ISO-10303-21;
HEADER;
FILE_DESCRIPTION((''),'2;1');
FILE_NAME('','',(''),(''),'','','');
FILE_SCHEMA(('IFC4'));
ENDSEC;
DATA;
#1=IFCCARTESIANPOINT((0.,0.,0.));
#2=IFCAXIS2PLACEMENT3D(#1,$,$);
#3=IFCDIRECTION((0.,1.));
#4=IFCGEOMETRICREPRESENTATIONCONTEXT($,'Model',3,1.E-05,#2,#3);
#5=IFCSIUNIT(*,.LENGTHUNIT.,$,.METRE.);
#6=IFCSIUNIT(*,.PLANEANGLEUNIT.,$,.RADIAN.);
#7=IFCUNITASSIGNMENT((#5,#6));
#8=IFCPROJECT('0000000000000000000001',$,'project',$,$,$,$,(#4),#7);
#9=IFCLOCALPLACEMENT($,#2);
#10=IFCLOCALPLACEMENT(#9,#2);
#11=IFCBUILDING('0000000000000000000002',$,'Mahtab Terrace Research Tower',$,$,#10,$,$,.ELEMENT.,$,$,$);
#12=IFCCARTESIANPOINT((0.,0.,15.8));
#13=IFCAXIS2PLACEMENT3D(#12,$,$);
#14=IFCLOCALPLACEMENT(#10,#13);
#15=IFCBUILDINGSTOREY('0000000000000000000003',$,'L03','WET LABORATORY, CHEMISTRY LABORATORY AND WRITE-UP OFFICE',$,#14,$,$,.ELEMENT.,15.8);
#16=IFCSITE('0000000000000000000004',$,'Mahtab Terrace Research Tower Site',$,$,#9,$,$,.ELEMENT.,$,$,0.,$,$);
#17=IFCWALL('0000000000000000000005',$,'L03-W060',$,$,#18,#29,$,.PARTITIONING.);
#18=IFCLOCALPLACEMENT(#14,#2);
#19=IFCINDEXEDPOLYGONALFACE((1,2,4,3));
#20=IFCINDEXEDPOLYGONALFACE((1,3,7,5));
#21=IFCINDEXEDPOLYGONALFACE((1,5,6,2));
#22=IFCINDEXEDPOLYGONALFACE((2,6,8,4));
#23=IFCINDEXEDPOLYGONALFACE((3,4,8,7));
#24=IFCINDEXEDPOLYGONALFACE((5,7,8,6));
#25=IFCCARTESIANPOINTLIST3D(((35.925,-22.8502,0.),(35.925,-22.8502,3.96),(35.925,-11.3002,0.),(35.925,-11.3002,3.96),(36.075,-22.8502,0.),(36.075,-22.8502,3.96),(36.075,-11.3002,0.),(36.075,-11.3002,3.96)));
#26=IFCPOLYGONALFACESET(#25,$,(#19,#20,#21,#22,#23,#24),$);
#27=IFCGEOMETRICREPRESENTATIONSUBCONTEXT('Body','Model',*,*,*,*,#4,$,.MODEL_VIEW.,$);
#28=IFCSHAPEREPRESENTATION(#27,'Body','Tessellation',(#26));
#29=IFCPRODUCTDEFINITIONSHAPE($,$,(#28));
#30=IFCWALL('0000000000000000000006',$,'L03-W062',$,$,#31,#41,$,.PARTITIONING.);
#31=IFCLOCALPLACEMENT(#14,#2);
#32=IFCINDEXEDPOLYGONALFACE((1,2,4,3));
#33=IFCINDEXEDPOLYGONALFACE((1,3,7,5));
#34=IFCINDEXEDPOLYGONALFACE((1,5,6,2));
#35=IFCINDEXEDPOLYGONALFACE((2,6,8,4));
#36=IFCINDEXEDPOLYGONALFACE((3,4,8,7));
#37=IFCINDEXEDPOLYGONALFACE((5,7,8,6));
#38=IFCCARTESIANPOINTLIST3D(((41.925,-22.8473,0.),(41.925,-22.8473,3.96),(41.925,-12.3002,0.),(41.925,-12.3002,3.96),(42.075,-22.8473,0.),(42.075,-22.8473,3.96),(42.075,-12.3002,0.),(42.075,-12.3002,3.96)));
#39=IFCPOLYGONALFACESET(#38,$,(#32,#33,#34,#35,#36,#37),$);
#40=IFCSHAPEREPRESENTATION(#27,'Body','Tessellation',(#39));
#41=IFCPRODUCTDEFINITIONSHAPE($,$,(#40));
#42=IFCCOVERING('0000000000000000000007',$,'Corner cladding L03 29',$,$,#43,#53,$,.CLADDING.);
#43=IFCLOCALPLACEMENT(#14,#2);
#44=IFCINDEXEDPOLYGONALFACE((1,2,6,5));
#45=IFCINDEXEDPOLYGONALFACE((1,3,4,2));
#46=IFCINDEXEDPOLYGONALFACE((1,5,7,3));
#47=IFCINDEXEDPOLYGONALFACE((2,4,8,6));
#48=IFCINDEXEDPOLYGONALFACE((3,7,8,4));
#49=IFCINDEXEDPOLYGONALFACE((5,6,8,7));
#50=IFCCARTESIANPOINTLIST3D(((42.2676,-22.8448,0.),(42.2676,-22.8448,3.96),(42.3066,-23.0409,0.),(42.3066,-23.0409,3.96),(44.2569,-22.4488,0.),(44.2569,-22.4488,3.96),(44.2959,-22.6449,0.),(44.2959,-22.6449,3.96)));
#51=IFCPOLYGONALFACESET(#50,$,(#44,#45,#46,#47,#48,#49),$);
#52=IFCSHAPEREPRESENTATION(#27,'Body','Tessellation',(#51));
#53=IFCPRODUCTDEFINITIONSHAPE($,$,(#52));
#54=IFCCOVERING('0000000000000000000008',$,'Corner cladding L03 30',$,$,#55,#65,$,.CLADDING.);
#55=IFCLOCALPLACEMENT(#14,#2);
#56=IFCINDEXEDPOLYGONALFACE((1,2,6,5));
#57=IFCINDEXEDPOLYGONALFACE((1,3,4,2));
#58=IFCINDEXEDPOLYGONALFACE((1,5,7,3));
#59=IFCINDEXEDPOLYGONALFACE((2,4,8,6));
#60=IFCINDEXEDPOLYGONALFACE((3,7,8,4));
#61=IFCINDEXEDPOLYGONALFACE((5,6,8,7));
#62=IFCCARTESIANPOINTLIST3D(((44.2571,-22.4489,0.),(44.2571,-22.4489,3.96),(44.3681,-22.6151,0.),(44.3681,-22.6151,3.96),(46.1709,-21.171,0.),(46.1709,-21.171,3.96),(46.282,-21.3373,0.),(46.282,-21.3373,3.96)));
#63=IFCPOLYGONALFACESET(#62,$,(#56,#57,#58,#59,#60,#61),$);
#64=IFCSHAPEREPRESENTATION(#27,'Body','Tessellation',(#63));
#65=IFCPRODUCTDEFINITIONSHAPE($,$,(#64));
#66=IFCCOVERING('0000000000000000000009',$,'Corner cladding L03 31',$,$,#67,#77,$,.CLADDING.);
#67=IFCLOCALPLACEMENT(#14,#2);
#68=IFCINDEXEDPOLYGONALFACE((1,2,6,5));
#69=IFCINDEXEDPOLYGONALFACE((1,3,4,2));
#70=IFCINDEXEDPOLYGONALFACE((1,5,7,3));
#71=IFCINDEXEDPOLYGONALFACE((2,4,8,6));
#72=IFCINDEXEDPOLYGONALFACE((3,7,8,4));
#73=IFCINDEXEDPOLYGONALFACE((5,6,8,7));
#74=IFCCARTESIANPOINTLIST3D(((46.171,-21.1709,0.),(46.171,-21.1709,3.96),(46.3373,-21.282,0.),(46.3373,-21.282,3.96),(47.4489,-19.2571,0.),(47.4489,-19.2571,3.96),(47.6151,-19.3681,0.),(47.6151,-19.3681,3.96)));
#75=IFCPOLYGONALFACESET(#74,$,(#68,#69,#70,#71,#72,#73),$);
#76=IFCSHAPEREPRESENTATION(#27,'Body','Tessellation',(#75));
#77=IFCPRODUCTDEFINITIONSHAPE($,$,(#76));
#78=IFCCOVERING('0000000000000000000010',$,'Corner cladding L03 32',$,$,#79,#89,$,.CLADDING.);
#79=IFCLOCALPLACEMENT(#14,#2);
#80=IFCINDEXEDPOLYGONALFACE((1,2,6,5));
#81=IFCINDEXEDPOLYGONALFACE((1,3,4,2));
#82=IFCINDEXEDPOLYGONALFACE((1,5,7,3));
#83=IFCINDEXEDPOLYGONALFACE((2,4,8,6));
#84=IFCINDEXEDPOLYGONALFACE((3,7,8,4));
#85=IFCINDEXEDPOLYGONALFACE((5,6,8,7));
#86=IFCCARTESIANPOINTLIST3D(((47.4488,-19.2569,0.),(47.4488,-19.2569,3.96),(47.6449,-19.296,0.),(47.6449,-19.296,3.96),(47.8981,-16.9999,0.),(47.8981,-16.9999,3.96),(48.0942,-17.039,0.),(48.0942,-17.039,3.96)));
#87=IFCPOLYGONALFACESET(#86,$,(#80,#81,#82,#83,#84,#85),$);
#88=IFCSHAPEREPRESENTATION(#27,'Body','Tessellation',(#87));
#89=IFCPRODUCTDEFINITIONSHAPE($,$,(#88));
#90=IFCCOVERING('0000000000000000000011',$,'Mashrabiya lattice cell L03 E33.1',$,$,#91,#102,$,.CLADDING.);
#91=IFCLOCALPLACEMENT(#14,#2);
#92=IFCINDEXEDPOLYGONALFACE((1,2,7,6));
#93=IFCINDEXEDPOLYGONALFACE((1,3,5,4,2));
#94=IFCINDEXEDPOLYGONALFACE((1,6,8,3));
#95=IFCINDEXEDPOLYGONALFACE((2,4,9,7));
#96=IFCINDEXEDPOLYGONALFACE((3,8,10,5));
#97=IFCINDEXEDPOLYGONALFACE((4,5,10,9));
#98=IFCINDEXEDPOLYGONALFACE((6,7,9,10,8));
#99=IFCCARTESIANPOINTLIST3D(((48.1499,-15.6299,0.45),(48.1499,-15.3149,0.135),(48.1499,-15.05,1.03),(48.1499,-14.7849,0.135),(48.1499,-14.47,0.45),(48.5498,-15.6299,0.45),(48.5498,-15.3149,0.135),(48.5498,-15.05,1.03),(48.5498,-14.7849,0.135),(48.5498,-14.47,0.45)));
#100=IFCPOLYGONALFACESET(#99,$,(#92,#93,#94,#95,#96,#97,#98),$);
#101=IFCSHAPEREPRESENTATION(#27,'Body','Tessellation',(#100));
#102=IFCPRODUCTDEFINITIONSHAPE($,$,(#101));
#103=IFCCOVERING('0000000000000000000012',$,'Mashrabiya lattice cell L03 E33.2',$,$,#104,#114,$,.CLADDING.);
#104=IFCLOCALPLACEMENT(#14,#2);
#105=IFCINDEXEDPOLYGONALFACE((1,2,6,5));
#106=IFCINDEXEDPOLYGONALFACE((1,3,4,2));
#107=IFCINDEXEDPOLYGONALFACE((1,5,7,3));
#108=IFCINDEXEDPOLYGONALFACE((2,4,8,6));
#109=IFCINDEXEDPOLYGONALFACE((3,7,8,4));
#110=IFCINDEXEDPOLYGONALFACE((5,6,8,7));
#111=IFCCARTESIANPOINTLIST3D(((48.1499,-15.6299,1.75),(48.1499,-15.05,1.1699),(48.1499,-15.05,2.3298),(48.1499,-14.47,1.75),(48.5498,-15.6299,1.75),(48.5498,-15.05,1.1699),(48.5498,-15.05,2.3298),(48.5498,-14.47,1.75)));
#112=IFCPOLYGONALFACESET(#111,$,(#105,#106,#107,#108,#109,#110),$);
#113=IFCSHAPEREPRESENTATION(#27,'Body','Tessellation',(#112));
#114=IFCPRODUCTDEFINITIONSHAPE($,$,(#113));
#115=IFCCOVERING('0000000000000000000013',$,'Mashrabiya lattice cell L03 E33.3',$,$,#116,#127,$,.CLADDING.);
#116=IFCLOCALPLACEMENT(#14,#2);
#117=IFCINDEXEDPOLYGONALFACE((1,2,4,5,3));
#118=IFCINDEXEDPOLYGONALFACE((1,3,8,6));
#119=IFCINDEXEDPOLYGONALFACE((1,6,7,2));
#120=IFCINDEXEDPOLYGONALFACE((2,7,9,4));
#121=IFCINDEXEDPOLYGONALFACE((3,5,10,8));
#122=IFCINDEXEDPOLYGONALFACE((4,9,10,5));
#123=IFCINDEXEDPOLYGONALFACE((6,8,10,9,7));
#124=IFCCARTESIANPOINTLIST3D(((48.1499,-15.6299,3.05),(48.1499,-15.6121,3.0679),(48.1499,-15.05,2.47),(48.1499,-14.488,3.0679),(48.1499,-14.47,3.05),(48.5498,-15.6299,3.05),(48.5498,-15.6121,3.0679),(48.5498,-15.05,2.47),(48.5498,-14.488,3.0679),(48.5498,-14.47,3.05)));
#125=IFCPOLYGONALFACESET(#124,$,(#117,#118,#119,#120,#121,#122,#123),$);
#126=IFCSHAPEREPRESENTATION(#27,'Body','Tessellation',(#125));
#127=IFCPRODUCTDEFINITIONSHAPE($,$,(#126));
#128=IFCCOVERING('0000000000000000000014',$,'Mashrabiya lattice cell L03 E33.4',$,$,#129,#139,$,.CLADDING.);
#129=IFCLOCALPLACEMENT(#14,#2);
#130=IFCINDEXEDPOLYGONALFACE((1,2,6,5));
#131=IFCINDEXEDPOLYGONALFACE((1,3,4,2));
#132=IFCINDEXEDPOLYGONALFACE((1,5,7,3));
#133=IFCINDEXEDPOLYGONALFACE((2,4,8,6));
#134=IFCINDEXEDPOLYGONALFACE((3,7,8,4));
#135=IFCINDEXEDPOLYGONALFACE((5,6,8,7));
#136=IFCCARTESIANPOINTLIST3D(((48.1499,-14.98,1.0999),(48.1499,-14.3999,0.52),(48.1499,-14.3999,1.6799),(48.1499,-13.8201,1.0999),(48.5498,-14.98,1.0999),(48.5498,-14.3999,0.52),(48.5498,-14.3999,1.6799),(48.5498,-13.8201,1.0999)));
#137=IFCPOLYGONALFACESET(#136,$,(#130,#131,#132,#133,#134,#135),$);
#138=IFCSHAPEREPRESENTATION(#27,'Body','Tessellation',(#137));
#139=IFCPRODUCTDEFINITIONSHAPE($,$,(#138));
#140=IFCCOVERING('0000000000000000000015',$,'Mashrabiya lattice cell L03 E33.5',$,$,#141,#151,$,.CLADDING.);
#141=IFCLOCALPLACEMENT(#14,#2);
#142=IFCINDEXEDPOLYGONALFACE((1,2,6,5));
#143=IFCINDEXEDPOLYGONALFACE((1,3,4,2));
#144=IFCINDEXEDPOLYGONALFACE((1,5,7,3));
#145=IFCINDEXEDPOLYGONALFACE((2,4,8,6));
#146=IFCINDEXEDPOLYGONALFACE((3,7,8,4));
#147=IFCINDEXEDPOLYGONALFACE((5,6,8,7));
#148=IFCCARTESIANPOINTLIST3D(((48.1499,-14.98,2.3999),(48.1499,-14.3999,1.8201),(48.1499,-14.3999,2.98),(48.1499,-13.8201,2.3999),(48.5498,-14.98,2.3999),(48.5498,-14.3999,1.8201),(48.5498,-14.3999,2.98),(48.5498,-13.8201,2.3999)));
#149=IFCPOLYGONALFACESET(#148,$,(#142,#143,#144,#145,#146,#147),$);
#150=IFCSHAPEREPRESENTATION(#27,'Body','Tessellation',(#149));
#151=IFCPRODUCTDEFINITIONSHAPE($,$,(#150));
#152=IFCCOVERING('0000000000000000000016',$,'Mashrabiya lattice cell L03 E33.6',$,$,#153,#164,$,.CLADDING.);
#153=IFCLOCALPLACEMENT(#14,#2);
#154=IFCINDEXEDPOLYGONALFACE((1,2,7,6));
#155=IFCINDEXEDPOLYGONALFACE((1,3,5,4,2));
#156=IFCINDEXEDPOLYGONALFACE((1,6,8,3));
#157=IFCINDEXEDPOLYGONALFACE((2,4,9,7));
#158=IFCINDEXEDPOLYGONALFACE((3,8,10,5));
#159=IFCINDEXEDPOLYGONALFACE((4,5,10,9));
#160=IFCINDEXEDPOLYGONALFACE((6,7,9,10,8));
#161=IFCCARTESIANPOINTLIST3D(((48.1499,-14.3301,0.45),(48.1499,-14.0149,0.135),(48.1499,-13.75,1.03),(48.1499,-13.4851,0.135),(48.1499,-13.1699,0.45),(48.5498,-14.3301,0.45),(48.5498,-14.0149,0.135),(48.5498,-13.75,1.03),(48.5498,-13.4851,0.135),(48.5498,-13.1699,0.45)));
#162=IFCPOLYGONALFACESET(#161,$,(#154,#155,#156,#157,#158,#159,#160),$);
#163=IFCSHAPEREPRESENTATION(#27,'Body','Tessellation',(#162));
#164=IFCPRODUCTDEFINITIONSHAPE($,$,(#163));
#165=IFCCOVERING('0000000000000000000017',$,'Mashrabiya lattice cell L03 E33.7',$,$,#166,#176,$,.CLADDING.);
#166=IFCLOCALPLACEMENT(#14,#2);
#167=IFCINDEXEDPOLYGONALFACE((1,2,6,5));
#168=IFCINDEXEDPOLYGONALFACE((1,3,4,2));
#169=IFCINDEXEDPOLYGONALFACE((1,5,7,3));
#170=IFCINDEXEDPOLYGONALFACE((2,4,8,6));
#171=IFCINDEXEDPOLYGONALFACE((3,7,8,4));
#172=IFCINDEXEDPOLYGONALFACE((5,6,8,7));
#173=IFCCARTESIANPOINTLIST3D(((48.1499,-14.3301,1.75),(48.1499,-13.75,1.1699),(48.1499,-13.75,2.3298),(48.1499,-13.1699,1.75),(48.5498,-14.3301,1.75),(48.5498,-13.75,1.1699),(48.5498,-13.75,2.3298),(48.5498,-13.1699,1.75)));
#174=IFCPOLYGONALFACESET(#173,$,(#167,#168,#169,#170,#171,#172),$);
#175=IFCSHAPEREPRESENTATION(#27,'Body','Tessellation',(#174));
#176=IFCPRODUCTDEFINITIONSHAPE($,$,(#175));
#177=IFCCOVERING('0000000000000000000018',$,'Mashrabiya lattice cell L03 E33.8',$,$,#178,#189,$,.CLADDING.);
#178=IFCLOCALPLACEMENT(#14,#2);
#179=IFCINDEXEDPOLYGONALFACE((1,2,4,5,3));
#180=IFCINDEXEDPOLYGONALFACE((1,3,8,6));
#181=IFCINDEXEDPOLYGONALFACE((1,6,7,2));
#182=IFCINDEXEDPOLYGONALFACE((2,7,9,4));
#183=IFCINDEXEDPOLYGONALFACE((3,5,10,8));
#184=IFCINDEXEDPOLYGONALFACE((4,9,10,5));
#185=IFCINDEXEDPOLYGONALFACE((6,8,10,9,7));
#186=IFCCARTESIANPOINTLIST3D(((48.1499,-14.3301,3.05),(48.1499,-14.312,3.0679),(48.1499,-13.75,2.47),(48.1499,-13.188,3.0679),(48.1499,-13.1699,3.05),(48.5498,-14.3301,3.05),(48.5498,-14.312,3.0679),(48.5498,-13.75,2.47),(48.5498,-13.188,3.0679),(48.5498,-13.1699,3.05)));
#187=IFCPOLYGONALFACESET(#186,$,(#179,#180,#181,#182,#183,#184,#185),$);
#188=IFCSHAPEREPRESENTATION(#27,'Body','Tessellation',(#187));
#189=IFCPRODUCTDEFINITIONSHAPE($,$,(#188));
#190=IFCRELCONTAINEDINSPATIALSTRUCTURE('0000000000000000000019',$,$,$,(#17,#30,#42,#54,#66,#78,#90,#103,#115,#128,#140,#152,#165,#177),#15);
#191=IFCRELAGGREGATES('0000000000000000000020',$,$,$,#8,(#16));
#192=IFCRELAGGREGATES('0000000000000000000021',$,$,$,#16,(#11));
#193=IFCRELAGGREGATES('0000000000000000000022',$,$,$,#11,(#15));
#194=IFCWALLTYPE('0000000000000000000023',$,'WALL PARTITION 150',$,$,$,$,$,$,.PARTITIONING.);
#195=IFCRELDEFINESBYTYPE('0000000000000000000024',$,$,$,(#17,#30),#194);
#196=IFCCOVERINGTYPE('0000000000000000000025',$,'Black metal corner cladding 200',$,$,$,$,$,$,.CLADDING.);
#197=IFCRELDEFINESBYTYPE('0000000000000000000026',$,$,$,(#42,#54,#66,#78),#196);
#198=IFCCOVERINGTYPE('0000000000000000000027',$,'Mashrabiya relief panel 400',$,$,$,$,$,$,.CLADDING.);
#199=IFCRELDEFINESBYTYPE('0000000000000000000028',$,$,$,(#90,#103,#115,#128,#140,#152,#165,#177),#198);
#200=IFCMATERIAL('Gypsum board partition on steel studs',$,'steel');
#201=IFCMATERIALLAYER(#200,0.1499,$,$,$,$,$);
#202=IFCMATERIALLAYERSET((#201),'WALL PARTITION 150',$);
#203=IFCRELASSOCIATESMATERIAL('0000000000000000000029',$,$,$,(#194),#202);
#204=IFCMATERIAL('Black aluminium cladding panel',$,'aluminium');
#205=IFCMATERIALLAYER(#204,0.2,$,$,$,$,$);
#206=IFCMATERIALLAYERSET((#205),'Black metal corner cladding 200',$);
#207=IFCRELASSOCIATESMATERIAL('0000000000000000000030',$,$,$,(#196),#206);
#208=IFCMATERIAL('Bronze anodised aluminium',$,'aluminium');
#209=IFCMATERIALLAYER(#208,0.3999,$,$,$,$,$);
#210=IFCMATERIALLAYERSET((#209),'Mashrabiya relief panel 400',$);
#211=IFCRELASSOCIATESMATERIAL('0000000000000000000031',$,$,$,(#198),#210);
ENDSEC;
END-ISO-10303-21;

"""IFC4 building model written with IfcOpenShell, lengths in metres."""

from ifc_helpers import new_model, si_unit, direction, frame, frame_2d, origin, origin_2d, place, context, subcontext, project, spatial, polyline, rectangle, outline, extrude, material, layer, layer_set, type_object, element, save


model = new_model("IFC4")

# Units and contexts
model_context = context("Model", 3, precision=1e-05, world=origin(), true_north=direction((0.0, 1.0)))
body_context = subcontext(model_context, "Body", "Model", "MODEL_VIEW")
ifc_project = project(units=[si_unit("LENGTHUNIT", "METRE"), si_unit("PLANEANGLEUNIT", "RADIAN")], contexts=[model_context])

# Site, building, storey
site_placement = place(None, origin())
site = spatial("IfcSite", under=ifc_project, at=site_placement, Name="Mahtab Terrace Research Tower Site", CompositionType="ELEMENT", RefElevation=0.0)
building_placement = place(site_placement, origin())
building = spatial("IfcBuilding", under=site, at=building_placement, Name="Mahtab Terrace Research Tower", CompositionType="ELEMENT")
storey_placement = place(building_placement, frame((0.0, 0.0, 15.8)))
storey = spatial("IfcBuildingStorey", under=building, at=storey_placement, Name="L03", Description="WET LABORATORY, CHEMISTRY LABORATORY AND WRITE-UP OFFICE", CompositionType="ELEMENT", Elevation=15.8)

# Walls
ifc_material_1 = material(Name="Black aluminium cladding panel", Category="aluminium")
ifc_material_2 = material(Name="Gypsum board partition on steel studs", Category="steel")
ifc_layer_1 = layer(ifc_material_2, 0.1499)
ifc_layer_set_1 = layer_set([ifc_layer_1], Name="WALL PARTITION 150")
wall_type_1 = type_object("IfcWallType", Name="WALL PARTITION 150", PredefinedType="PARTITIONING", material=ifc_layer_set_1)
wall_1_placement = place(storey_placement, frame((36.0, -22.8501, 0.0), z_axis=(0.0, 0.0, 1.0), x_axis=(0.0, 1.0, 0.0)))
element("IfcWall", 1, at=wall_1_placement, inside=storey, type_object=wall_type_1, Name="L03-W060", PredefinedType="PARTITIONING", context=body_context, shape_type="SweptSolid", body=[
    extrude(rectangle(XDim=11.55, YDim=0.1499, at=frame_2d((5.7749, 0.0))), origin(), (0.0, 0.0, 1.0), 3.96),
])
wall_2_placement = place(storey_placement, frame((42.0, -22.8472, 0.0), z_axis=(0.0, 0.0, 1.0), x_axis=(0.0, 1.0, 0.0)))
element("IfcWall", 2, at=wall_2_placement, inside=storey, type_object=wall_type_1, Name="L03-W062", PredefinedType="PARTITIONING", context=body_context, shape_type="SweptSolid", body=[
    extrude(rectangle(XDim=10.5471, YDim=0.1499, at=frame_2d((5.2734, 0.0))), origin(), (0.0, 0.0, 1.0), 3.96),
])

# Coverings
ifc_layer_2 = layer(ifc_material_1, 0.2)
ifc_layer_set_2 = layer_set([ifc_layer_2], Name="Black metal corner cladding 200")
covering_type_1 = type_object("IfcCoveringType", Name="Black metal corner cladding 200", PredefinedType="CLADDING", material=ifc_layer_set_2)
covering_1_placement = place(storey_placement, frame((43.2817, -22.7449, 0.0), z_axis=(0.0, 0.0, 1.0), x_axis=(0.980761, 0.195212, 0.0)))
element("IfcCovering", 3, at=covering_1_placement, inside=storey, type_object=covering_type_1, Name="Corner cladding L03 29", PredefinedType="CLADDING", context=body_context, shape_type="SweptSolid", body=[
    extrude(rectangle(XDim=2.0283, YDim=0.2, at=origin_2d()), origin(), (0.0, 0.0, 1.0), 3.96),
])
for number, where, z_axis, x_axis, name in (
    (4, (45.2695, -21.8931, 0.0), (0.0, 0.0, 1.0), (0.831656, 0.555291, 0.0), "Corner cladding L03 30"),
    (5, (46.8931, -20.2695, 0.0), (0.0, 0.0, 1.0), (0.555291, 0.831656, 0.0), "Corner cladding L03 31"),
    (6, (47.7715, -18.1479, 0.0), (0.0, 0.0, 1.0), (0.195212, 0.980761, 0.0), "Corner cladding L03 32"),
):
    element("IfcCovering", number, at=place(storey_placement, frame(where, z_axis=z_axis, x_axis=x_axis)), inside=storey, type_object=covering_type_1, Name=name, PredefinedType="CLADDING", context=body_context, shape_type="SweptSolid", body=[
        extrude(rectangle(XDim=2.3013, YDim=0.2, at=origin_2d()), origin(), (0.0, 0.0, 1.0), 3.96),
    ])
ifc_material_3 = material(Name="Bronze anodised aluminium", Category="aluminium")
ifc_layer_3 = layer(ifc_material_3, 0.3999)
ifc_layer_set_3 = layer_set([ifc_layer_3], Name="Mashrabiya relief panel 400")
covering_type_2 = type_object("IfcCoveringType", Name="Mashrabiya relief panel 400", PredefinedType="CLADDING", material=ifc_layer_set_3)
covering_2_placement = place(storey_placement, frame((48.1499, -15.6299, 0.45), z_axis=(-1.0, 0.0, 0.0), x_axis=(0.0, 0.706958, 0.707256)))
element("IfcCovering", 7, at=covering_2_placement, inside=storey, type_object=covering_type_2, Name="Mashrabiya lattice cell L03 E33.1", PredefinedType="CLADDING", context=body_context, shape_type="SweptSolid", body=[
    extrude(outline(polyline([(0.0, 0.0), (0.8202, 0.0), (0.82, 0.8204), (0.3746, 0.8203), (-0.0001, 0.4454), (0.0, 0.0)])), origin(), (0.0, 0.0, -1.0), 0.3999),
])
covering_3_placement = place(storey_placement, frame((48.1499, -15.05, 2.3298), z_axis=(-1.0, 0.0, 0.0), x_axis=(0.0, 0.707256, -0.706958)))
element("IfcCovering", 8, at=covering_3_placement, inside=storey, type_object=covering_type_2, Name="Mashrabiya lattice cell L03 E33.2", PredefinedType="CLADDING", context=body_context, shape_type="SweptSolid", body=[
    extrude(outline(polyline([(0.0, 0.0), (0.8202, 0.0), (0.82, 0.8204), (-0.0002, 0.82), (0.0, 0.0)])), origin(), (0.0, 0.0, -1.0), 0.3999),
])
covering_4_placement = place(storey_placement, frame((48.1499, -14.47, 3.05), z_axis=(-1.0, 0.0, 0.0), x_axis=(0.0, -0.707107, -0.707107)))
element("IfcCovering", 9, at=covering_4_placement, inside=storey, type_object=covering_type_2, Name="Mashrabiya lattice cell L03 E33.3", PredefinedType="CLADDING", context=body_context, shape_type="SweptSolid", body=[
    extrude(outline(polyline([(0.0, 0.0), (0.8204, 0.0), (0.8202, 0.8202), (0.795, 0.8202), (0.0002, 0.0254), (0.0, 0.0)])), origin(), (0.0, 0.0, -1.0), 0.3999),
])
for number, where, z_axis, x_axis, name in (
    (10, (48.1499, -14.3999, 1.6799), (-1.0, 0.0, 0.0), (0.0, 0.706958, -0.707256), "Mashrabiya lattice cell L03 E33.4"),
    (11, (48.1499, -14.3999, 2.98), (-1.0, 0.0, 0.0), (0.0, 0.706958, -0.707256), "Mashrabiya lattice cell L03 E33.5"),
):
    element("IfcCovering", number, at=place(storey_placement, frame(where, z_axis=z_axis, x_axis=x_axis)), inside=storey, type_object=covering_type_2, Name=name, PredefinedType="CLADDING", context=body_context, shape_type="SweptSolid", body=[
        extrude(outline(polyline([(0.0, 0.0), (0.8202, 0.0), (0.8204, 0.82), (0.0002, 0.8204), (0.0, 0.0)])), origin(), (0.0, 0.0, -1.0), 0.3999),
    ])
covering_5_placement = place(storey_placement, frame((48.1499, -14.3301, 0.45), z_axis=(-1.0, 0.0, 0.0), x_axis=(0.0, 0.707107, 0.707107)))
element("IfcCovering", 12, at=covering_5_placement, inside=storey, type_object=covering_type_2, Name="Mashrabiya lattice cell L03 E33.6", PredefinedType="CLADDING", context=body_context, shape_type="SweptSolid", body=[
    extrude(outline(polyline([(0.0, 0.0), (0.8204, 0.0), (0.8204, 0.8204), (0.3748, 0.8202), (0.0002, 0.4456), (0.0, 0.0)])), origin(), (0.0, 0.0, -1.0), 0.3999),
])
covering_6_placement = place(storey_placement, frame((48.1499, -13.75, 2.3298), z_axis=(-1.0, 0.0, 0.0), x_axis=(0.0, 0.707256, -0.706958)))
element("IfcCovering", 13, at=covering_6_placement, inside=storey, type_object=covering_type_2, Name="Mashrabiya lattice cell L03 E33.7", PredefinedType="CLADDING", context=body_context, shape_type="SweptSolid", body=[
    extrude(outline(polyline([(0.0, 0.0), (0.8202, 0.0), (0.82, 0.8204), (-0.0003, 0.8202), (0.0, 0.0)])), origin(), (0.0, 0.0, -1.0), 0.3999),
])
covering_7_placement = place(storey_placement, frame((48.1499, -13.1699, 3.05), z_axis=(-1.0, 0.0, 0.0), x_axis=(0.0, -0.707107, -0.707107)))
element("IfcCovering", 14, at=covering_7_placement, inside=storey, type_object=covering_type_2, Name="Mashrabiya lattice cell L03 E33.8", PredefinedType="CLADDING", context=body_context, shape_type="SweptSolid", body=[
    extrude(outline(polyline([(0.0, 0.0), (0.8204, 0.0), (0.8204, 0.8204), (0.795, 0.8202), (0.0002, 0.0254), (0.0, 0.0)])), origin(), (0.0, 0.0, -1.0), 0.3999),
])

save(model, "model.ifc")
